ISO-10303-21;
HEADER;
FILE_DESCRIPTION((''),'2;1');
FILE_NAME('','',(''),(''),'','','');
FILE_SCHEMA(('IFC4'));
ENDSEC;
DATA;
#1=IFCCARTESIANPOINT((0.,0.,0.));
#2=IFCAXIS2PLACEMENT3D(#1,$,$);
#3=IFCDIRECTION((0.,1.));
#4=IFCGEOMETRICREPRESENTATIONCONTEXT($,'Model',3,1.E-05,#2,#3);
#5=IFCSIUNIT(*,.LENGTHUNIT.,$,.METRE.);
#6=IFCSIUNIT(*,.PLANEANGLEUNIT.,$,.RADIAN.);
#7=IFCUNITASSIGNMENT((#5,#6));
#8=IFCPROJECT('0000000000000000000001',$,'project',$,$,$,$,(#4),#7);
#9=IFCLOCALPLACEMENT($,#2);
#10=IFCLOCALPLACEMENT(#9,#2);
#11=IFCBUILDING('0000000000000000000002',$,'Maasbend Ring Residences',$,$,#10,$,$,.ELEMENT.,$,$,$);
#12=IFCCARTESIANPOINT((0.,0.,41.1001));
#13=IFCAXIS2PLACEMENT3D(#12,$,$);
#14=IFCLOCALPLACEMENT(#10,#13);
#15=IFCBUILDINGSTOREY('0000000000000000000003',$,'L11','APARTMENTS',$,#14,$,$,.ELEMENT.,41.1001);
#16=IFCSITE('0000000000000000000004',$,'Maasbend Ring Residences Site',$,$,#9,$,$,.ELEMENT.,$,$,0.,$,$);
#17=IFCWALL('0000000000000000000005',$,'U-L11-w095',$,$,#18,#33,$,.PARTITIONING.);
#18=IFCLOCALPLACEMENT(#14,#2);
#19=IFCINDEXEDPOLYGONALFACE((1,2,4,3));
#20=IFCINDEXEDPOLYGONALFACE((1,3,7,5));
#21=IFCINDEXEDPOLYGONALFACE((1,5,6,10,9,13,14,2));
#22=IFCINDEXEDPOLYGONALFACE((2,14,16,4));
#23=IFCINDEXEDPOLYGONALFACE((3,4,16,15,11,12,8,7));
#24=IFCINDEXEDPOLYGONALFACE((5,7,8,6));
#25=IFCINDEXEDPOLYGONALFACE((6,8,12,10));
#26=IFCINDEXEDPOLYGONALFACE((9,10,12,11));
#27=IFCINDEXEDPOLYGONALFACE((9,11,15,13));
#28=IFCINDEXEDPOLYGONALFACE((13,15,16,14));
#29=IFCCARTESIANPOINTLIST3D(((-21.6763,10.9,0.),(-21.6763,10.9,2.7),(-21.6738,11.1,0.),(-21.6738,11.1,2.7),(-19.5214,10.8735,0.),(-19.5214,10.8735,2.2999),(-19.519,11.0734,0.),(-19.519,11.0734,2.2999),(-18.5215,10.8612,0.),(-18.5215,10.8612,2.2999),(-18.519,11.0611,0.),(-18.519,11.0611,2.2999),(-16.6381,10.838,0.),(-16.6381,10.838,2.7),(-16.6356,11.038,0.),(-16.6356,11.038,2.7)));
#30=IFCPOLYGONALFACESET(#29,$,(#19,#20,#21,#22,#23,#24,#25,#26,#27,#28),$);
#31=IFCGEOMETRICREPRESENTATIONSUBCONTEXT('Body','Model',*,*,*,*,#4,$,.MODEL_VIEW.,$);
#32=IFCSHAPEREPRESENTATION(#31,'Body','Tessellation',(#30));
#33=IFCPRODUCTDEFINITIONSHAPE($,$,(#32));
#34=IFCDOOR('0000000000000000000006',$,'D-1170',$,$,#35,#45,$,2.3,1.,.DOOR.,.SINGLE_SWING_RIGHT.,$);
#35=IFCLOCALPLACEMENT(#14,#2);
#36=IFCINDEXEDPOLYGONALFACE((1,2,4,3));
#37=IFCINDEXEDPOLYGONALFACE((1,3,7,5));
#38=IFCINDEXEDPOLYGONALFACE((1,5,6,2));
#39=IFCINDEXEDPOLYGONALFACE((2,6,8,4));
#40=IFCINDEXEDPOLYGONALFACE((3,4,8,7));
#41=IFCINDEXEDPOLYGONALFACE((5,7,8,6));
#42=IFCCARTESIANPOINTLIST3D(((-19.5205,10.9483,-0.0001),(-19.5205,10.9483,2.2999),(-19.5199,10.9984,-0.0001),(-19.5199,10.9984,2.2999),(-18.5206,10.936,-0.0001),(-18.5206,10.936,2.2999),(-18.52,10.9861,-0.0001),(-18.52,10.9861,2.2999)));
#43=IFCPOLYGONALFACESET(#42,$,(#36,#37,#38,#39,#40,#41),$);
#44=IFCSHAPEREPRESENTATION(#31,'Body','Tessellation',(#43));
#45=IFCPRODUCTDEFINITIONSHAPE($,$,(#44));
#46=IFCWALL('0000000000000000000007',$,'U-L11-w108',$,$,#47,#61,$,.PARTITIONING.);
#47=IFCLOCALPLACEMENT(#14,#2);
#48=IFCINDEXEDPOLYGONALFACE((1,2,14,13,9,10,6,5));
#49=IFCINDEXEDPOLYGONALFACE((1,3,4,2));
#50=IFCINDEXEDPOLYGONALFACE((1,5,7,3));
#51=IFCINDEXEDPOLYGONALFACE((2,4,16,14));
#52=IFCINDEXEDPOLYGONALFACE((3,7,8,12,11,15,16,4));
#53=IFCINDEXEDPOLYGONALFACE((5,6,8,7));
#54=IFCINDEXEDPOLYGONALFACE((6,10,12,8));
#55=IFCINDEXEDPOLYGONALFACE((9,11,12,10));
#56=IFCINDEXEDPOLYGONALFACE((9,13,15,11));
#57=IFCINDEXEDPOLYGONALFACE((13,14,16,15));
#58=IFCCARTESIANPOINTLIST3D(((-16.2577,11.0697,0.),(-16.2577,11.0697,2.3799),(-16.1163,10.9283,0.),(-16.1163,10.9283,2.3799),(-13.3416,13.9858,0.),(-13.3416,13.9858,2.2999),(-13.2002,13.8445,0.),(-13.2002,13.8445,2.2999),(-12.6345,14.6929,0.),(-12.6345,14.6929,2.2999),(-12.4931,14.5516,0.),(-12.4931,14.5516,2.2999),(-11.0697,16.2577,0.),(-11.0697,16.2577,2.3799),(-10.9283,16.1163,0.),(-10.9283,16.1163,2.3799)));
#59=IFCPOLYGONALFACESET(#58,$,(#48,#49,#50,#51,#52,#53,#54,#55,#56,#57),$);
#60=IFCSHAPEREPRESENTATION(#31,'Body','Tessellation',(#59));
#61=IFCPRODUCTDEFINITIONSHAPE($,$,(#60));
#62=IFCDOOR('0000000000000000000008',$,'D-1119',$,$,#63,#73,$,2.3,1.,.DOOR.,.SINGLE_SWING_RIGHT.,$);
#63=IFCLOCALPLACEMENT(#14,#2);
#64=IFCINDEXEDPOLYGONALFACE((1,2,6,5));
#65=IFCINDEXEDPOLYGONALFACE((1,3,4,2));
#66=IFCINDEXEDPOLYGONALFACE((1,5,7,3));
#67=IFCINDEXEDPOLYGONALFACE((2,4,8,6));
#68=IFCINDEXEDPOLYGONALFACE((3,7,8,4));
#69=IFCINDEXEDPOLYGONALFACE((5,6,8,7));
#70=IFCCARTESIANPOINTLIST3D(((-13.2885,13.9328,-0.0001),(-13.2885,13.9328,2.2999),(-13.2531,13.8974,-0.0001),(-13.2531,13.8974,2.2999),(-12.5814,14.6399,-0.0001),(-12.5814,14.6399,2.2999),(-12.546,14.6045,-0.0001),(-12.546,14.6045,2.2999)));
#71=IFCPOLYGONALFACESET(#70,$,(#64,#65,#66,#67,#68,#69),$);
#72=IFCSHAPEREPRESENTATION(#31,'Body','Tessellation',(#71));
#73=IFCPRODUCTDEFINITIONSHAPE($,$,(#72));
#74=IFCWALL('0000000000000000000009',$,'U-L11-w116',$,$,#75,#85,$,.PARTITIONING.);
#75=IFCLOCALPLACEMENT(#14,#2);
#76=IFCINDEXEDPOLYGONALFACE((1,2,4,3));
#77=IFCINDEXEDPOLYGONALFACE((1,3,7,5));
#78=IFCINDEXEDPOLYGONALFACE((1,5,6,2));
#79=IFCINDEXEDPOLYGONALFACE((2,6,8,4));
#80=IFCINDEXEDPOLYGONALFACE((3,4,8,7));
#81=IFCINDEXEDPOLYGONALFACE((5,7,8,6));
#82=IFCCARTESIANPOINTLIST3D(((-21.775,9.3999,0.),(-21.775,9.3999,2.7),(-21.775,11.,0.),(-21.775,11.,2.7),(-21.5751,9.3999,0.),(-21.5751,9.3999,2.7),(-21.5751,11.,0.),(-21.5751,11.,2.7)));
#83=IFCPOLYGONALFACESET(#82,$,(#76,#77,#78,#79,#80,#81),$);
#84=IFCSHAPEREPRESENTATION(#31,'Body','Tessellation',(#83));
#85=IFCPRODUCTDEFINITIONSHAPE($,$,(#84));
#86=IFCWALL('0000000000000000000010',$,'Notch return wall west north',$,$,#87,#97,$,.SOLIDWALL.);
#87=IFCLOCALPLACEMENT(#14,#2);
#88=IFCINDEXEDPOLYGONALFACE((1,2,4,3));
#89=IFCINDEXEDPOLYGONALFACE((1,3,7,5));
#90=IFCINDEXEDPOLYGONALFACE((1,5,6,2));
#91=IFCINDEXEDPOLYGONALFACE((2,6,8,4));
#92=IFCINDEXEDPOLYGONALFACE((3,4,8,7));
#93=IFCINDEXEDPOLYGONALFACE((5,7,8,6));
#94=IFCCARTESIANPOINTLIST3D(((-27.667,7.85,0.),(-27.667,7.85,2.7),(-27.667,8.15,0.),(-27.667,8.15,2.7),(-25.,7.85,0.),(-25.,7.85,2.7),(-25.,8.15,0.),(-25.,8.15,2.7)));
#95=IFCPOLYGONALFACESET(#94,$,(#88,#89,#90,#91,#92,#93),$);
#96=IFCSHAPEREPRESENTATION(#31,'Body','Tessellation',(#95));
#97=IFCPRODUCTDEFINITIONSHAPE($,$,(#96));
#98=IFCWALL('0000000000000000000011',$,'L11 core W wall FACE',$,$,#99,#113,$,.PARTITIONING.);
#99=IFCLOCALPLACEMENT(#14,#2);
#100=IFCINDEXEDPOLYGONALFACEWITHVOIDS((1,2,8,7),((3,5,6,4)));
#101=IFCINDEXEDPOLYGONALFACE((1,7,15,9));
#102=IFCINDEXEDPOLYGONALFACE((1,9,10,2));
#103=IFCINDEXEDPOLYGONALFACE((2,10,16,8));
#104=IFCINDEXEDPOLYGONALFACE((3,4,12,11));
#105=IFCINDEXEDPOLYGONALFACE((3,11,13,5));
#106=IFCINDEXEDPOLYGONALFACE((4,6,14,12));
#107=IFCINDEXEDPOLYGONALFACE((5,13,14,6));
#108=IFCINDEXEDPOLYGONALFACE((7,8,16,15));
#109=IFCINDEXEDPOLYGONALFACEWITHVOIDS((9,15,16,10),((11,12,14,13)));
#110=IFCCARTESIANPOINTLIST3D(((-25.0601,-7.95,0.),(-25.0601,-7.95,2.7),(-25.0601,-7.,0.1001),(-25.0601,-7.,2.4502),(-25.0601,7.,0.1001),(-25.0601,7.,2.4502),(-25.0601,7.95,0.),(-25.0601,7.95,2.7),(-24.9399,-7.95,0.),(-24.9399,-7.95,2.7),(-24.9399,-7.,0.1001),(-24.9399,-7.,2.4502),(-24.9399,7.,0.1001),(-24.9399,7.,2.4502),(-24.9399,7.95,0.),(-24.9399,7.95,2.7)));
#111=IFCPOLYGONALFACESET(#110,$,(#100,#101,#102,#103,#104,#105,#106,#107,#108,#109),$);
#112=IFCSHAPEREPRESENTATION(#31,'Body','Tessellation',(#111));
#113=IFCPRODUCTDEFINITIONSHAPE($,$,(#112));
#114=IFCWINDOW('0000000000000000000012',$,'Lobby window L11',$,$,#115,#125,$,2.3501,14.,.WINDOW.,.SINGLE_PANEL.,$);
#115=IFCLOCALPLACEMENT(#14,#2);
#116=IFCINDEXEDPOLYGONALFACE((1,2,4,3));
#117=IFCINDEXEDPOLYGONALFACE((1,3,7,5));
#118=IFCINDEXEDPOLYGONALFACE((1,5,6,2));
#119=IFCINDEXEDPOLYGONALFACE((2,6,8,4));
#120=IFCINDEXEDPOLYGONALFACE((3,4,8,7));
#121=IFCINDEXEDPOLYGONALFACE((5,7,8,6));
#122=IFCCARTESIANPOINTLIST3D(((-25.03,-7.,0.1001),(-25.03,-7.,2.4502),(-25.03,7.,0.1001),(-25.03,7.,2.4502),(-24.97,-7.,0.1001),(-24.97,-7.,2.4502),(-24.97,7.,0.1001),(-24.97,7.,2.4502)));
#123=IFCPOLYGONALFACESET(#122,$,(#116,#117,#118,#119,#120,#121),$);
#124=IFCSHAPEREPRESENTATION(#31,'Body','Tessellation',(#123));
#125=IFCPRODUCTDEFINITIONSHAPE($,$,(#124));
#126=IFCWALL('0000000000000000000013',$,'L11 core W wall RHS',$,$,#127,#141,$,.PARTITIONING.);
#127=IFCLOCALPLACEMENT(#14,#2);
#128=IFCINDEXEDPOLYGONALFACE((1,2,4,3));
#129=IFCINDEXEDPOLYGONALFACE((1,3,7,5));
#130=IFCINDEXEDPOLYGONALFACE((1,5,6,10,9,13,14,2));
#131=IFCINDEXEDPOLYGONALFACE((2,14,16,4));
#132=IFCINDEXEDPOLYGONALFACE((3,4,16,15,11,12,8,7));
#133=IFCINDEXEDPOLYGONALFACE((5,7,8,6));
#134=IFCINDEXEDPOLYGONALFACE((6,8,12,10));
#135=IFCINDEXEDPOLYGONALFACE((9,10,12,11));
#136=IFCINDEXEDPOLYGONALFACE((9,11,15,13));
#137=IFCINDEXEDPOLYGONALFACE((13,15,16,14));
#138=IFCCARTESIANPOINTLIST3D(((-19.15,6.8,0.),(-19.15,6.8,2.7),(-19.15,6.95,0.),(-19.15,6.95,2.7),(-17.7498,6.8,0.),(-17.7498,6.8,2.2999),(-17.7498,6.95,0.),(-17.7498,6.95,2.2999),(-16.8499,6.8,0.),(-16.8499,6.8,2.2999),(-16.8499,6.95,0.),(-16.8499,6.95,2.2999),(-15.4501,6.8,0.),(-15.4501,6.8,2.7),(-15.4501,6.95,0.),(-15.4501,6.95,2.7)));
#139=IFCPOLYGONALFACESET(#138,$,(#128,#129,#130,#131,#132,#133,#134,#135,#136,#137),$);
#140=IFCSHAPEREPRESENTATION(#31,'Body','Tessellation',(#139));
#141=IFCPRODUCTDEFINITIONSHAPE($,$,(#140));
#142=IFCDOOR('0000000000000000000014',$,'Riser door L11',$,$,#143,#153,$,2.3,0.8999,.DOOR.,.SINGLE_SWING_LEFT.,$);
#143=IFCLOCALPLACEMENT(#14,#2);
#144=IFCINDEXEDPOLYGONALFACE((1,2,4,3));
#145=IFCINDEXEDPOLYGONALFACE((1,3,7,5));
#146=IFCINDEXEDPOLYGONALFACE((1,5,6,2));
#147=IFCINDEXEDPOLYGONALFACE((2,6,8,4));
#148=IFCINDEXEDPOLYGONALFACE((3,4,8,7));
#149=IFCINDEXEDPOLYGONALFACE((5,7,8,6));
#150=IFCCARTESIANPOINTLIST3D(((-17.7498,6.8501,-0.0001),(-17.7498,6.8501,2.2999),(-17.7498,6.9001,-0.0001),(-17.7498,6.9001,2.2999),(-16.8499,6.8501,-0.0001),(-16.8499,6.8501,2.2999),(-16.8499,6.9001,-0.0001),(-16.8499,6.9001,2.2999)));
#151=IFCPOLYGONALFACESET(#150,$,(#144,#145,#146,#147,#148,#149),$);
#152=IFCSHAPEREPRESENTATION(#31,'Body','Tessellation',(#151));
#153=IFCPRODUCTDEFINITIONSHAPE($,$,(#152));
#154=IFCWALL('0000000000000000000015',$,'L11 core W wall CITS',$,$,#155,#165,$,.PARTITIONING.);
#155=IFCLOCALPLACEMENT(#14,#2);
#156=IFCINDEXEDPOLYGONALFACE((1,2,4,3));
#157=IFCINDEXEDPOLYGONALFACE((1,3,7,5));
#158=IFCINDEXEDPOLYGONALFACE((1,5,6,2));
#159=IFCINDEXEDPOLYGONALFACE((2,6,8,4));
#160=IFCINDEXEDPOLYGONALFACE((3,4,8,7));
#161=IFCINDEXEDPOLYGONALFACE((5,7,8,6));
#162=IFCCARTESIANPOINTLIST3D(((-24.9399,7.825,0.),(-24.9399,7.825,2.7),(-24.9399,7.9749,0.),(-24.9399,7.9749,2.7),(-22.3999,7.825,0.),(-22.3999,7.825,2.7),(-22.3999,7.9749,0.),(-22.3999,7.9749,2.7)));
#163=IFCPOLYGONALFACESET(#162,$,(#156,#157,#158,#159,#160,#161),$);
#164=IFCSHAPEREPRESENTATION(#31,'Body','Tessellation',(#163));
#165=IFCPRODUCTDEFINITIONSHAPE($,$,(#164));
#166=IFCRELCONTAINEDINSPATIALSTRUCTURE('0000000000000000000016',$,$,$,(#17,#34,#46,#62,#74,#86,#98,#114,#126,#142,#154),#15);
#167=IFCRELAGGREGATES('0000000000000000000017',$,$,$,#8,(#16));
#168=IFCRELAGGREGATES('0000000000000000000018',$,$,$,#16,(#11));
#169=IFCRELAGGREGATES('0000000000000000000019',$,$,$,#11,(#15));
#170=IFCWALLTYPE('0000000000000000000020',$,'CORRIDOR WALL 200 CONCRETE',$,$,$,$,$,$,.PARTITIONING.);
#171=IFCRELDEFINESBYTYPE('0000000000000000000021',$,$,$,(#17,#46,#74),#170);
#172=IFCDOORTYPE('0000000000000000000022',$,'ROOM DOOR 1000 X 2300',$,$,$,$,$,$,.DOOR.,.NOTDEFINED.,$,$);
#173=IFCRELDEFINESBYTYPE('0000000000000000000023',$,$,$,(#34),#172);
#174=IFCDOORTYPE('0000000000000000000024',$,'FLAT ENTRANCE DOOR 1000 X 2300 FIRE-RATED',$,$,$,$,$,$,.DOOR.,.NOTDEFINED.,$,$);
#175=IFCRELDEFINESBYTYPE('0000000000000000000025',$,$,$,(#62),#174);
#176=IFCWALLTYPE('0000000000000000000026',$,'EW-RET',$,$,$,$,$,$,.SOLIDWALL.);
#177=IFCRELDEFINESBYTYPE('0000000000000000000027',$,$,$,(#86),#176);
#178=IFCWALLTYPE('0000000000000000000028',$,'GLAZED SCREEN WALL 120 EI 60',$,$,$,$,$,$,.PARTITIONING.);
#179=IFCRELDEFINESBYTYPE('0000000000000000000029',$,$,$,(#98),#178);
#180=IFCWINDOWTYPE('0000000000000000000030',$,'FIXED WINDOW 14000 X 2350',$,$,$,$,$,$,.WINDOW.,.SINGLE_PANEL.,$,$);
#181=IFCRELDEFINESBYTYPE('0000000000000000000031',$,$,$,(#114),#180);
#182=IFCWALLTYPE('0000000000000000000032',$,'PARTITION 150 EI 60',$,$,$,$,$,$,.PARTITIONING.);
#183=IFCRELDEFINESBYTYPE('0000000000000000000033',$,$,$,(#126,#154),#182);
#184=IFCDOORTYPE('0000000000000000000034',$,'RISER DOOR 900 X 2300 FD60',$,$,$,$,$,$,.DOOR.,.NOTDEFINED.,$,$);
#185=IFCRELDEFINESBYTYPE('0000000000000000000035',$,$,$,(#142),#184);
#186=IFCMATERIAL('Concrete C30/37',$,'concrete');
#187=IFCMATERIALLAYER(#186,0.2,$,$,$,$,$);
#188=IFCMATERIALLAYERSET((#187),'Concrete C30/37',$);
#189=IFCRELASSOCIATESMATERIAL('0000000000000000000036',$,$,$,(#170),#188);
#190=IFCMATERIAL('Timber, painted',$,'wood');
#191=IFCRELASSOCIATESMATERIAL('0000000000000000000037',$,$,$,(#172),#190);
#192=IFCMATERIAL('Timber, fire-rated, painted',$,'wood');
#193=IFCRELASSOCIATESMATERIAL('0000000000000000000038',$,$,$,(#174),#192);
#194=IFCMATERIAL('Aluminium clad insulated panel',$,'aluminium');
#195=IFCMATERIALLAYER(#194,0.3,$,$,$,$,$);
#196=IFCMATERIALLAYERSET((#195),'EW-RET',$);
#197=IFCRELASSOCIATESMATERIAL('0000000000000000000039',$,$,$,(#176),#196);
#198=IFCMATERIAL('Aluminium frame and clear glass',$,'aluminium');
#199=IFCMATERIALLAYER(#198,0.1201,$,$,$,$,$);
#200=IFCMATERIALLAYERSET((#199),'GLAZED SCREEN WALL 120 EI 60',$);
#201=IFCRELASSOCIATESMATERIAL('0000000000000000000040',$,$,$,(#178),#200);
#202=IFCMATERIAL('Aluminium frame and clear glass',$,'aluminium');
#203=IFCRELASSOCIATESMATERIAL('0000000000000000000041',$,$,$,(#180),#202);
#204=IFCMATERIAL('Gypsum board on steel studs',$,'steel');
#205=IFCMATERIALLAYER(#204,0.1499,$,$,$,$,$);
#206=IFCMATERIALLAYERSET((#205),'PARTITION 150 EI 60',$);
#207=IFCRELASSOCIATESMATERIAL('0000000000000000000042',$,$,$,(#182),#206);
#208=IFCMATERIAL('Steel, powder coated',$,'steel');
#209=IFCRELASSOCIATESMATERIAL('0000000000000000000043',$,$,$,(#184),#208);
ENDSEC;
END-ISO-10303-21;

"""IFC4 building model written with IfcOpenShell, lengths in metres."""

from ifc_helpers import new_model, si_unit, direction, frame, frame_2d, origin, place, context, subcontext, project, spatial, rectangle, extrude, material, layer, layer_set, type_object, element, fill, save


model = new_model("IFC4")

# Units and contexts
model_context = context("Model", 3, precision=1e-05, world=origin(), true_north=direction((0.0, 1.0)))
body_context = subcontext(model_context, "Body", "Model", "MODEL_VIEW")
ifc_project = project(units=[si_unit("LENGTHUNIT", "METRE"), si_unit("PLANEANGLEUNIT", "RADIAN")], contexts=[model_context])

# Site, building, storey
site_placement = place(None, origin())
site = spatial("IfcSite", under=ifc_project, at=site_placement, Name="Maasbend Ring Residences Site", CompositionType="ELEMENT", RefElevation=0.0)
building_placement = place(site_placement, origin())
building = spatial("IfcBuilding", under=site, at=building_placement, Name="Maasbend Ring Residences", CompositionType="ELEMENT")
storey_placement = place(building_placement, frame((0.0, 0.0, 41.1001)))
storey = spatial("IfcBuildingStorey", under=building, at=storey_placement, Name="L11", Description="APARTMENTS", CompositionType="ELEMENT", Elevation=41.1001)

# Walls, openings, doors
ifc_material_1 = material(Name="Concrete C30/37", Category="concrete")
ifc_layer_1 = layer(ifc_material_1, 0.2)
ifc_layer_set_1 = layer_set([ifc_layer_1], Name="Concrete C30/37")
wall_type_1 = type_object("IfcWallType", Name="CORRIDOR WALL 200 CONCRETE", PredefinedType="PARTITIONING", material=ifc_layer_set_1)
wall_1_placement = place(storey_placement, frame((-21.675, 11.0, 0.0), z_axis=(0.0, 0.0, 1.0), x_axis=(0.999924, -0.012308, 0.0)))
wall_1 = element("IfcWall", 1, at=wall_1_placement, inside=storey, type_object=wall_type_1, Name="U-L11-w095", PredefinedType="PARTITIONING", context=body_context, shape_type="SweptSolid", body=[
    extrude(rectangle(XDim=5.0386, YDim=0.2, at=frame_2d((2.5193, 0.0))), origin(), (0.0, 0.0, 1.0), 2.7),
])
opening_1_placement = place(wall_1_placement, frame((2.155, 0.0, 0.0)))
opening_1 = element("IfcOpeningElement", 2, at=opening_1_placement, cuts=wall_1, PredefinedType="OPENING", context=body_context, shape_type="SweptSolid", body=[
    extrude(rectangle(XDim=1.0, YDim=2.3, at=frame_2d((0.5, 1.1499))), frame((0.0, 0.1099, 0.0), z_axis=(0.0, -1.0, 0.0), x_axis=(1.0, 0.0, 0.0)), (0.0, 0.0, 1.0), 0.22),
])
ifc_material_2 = material(Name="Timber, painted", Category="wood")
door_type_1 = type_object("IfcDoorType", Name="ROOM DOOR 1000 X 2300", OperationType="NOTDEFINED", PredefinedType="DOOR", material=ifc_material_2)
door_1_placement = place(opening_1_placement, origin())
door_1 = element("IfcDoor", 3, at=door_1_placement, inside=storey, type_object=door_type_1, Name="D-1170", OperationType="SINGLE_SWING_RIGHT", OverallHeight=2.3, OverallWidth=1.0, PredefinedType="DOOR", context=body_context, shape_type="SweptSolid", body=[
    extrude(rectangle(XDim=1.0, YDim=2.3, at=frame_2d((0.5, 1.1499))), frame((0.0, 0.0249, 0.0), z_axis=(0.0, -1.0, 0.0), x_axis=(1.0, 0.0, 0.0)), (0.0, 0.0, 1.0), 0.05),
])
fill(opening_1, door_1)
wall_2_placement = place(storey_placement, frame((-16.187, 10.999, 0.0), z_axis=(0.0, 0.0, 1.0), x_axis=(0.707107, 0.707107, 0.0)))
wall_2 = element("IfcWall", 4, at=wall_2_placement, inside=storey, type_object=wall_type_1, Name="U-L11-w108", PredefinedType="PARTITIONING", context=body_context, shape_type="SweptSolid", body=[
    extrude(rectangle(XDim=7.3369, YDim=0.2, at=frame_2d((3.6685, 0.0))), origin(), (0.0, 0.0, 1.0), 2.3799),
])
opening_2_placement = place(wall_2_placement, frame((4.124, 0.0, 0.0)))
opening_2 = element("IfcOpeningElement", 5, at=opening_2_placement, cuts=wall_2, PredefinedType="OPENING", context=body_context, shape_type="SweptSolid", body=[
    extrude(rectangle(XDim=1.0, YDim=2.3, at=frame_2d((0.5, 1.1499))), frame((0.0, 0.1099, 0.0), z_axis=(0.0, -1.0, 0.0), x_axis=(1.0, 0.0, 0.0)), (0.0, 0.0, 1.0), 0.22),
])
ifc_material_3 = material(Name="Timber, fire-rated, painted", Category="wood")
door_type_2 = type_object("IfcDoorType", Name="FLAT ENTRANCE DOOR 1000 X 2300 FIRE-RATED", OperationType="NOTDEFINED", PredefinedType="DOOR", material=ifc_material_3)
door_2_placement = place(opening_2_placement, origin())
door_2 = element("IfcDoor", 6, at=door_2_placement, inside=storey, type_object=door_type_2, Name="D-1119", OperationType="SINGLE_SWING_RIGHT", OverallHeight=2.3, OverallWidth=1.0, PredefinedType="DOOR", context=body_context, shape_type="SweptSolid", body=[
    extrude(rectangle(XDim=1.0, YDim=2.3, at=frame_2d((0.5, 1.1499))), frame((0.0, 0.0249, 0.0), z_axis=(0.0, -1.0, 0.0), x_axis=(1.0, 0.0, 0.0)), (0.0, 0.0, 1.0), 0.05),
])
fill(opening_2, door_2)

# Walls
wall_3_placement = place(storey_placement, frame((-21.675, 9.3999, 0.0), z_axis=(0.0, 0.0, 1.0), x_axis=(0.0, 1.0, 0.0)))
element("IfcWall", 7, at=wall_3_placement, inside=storey, type_object=wall_type_1, Name="U-L11-w116", PredefinedType="PARTITIONING", context=body_context, shape_type="SweptSolid", body=[
    extrude(rectangle(XDim=1.6001, YDim=0.2, at=frame_2d((0.8, 0.0))), origin(), (0.0, 0.0, 1.0), 2.7),
])
ifc_material_4 = material(Name="Aluminium clad insulated panel", Category="aluminium")
ifc_layer_2 = layer(ifc_material_4, 0.3)
ifc_layer_set_2 = layer_set([ifc_layer_2], Name="EW-RET")
wall_type_2 = type_object("IfcWallType", Name="EW-RET", PredefinedType="SOLIDWALL", material=ifc_layer_set_2)
wall_4_placement = place(storey_placement, frame((-25.0, 8.0, 0.0), z_axis=(0.0, 0.0, 1.0), x_axis=(-1.0, 0.0, 0.0)))
element("IfcWall", 8, at=wall_4_placement, inside=storey, type_object=wall_type_2, Name="Notch return wall west north", PredefinedType="SOLIDWALL", context=body_context, shape_type="SweptSolid", body=[
    extrude(rectangle(XDim=2.667, YDim=0.3, at=frame_2d((1.3335, 0.0))), origin(), (0.0, 0.0, 1.0), 2.7),
])

# Wall, opening, window
ifc_material_5 = material(Name="Aluminium frame and clear glass", Category="aluminium")
ifc_layer_3 = layer(ifc_material_5, 0.1201)
ifc_layer_set_3 = layer_set([ifc_layer_3], Name="GLAZED SCREEN WALL 120 EI 60")
wall_type_3 = type_object("IfcWallType", Name="GLAZED SCREEN WALL 120 EI 60", PredefinedType="PARTITIONING", material=ifc_layer_set_3)
wall_5_placement = place(storey_placement, frame((-25.0, 7.95, 0.0), z_axis=(0.0, 0.0, 1.0), x_axis=(0.0, -1.0, 0.0)))
wall_5 = element("IfcWall", 9, at=wall_5_placement, inside=storey, type_object=wall_type_3, Name="L11 core W wall FACE", PredefinedType="PARTITIONING", context=body_context, shape_type="SweptSolid", body=[
    extrude(rectangle(XDim=15.8999, YDim=0.1201, at=frame_2d((7.95, 0.0))), origin(), (0.0, 0.0, 1.0), 2.7),
])
opening_3_placement = place(wall_5_placement, frame((0.95, 0.0, 0.1001)))
opening_3 = element("IfcOpeningElement", 10, at=opening_3_placement, cuts=wall_5, PredefinedType="OPENING", context=body_context, shape_type="SweptSolid", body=[
    extrude(rectangle(XDim=14.0, YDim=2.3501, at=frame_2d((7.0, 1.175))), frame((0.0, 0.0701, 0.0), z_axis=(0.0, -1.0, 0.0), x_axis=(1.0, 0.0, 0.0)), (0.0, 0.0, 1.0), 0.1401),
])
ifc_material_6 = material(Name="Aluminium frame and clear glass", Category="aluminium")
window_type = type_object("IfcWindowType", Name="FIXED WINDOW 14000 X 2350", PartitioningType="SINGLE_PANEL", PredefinedType="WINDOW", material=ifc_material_6)
window_placement = place(opening_3_placement, origin())
window = element("IfcWindow", 11, at=window_placement, inside=storey, type_object=window_type, Name="Lobby window L11", OverallHeight=2.3501, OverallWidth=14.0, PartitioningType="SINGLE_PANEL", PredefinedType="WINDOW", context=body_context, shape_type="SweptSolid", body=[
    extrude(rectangle(XDim=14.0, YDim=2.3501, at=frame_2d((7.0, 1.175))), frame((0.0, 0.03, 0.0), z_axis=(0.0, -1.0, 0.0), x_axis=(1.0, 0.0, 0.0)), (0.0, 0.0, 1.0), 0.0601),
])
fill(opening_3, window)

# Wall, opening, door
ifc_material_7 = material(Name="Gypsum board on steel studs", Category="steel")
ifc_layer_4 = layer(ifc_material_7, 0.1499)
ifc_layer_set_4 = layer_set([ifc_layer_4], Name="PARTITION 150 EI 60")
wall_type_4 = type_object("IfcWallType", Name="PARTITION 150 EI 60", PredefinedType="PARTITIONING", material=ifc_layer_set_4)
wall_6_placement = place(storey_placement, frame((-15.45, 6.875, 0.0), z_axis=(0.0, 0.0, 1.0), x_axis=(-1.0, 0.0, 0.0)))
wall_6 = element("IfcWall", 12, at=wall_6_placement, inside=storey, type_object=wall_type_4, Name="L11 core W wall RHS", PredefinedType="PARTITIONING", context=body_context, shape_type="SweptSolid", body=[
    extrude(rectangle(XDim=3.7, YDim=0.1499, at=frame_2d((1.8501, 0.0))), origin(), (0.0, 0.0, 1.0), 2.7),
])
opening_4_placement = place(wall_6_placement, frame((1.3999, 0.0, 0.0)))
opening_4 = element("IfcOpeningElement", 13, at=opening_4_placement, cuts=wall_6, PredefinedType="OPENING", context=body_context, shape_type="SweptSolid", body=[
    extrude(rectangle(XDim=0.8999, YDim=2.3, at=frame_2d((0.45, 1.1499))), frame((0.0, 0.085, 0.0), z_axis=(0.0, -1.0, 0.0), x_axis=(1.0, 0.0, 0.0)), (0.0, 0.0, 1.0), 0.1699),
])
ifc_material_8 = material(Name="Steel, powder coated", Category="steel")
door_type_3 = type_object("IfcDoorType", Name="RISER DOOR 900 X 2300 FD60", OperationType="NOTDEFINED", PredefinedType="DOOR", material=ifc_material_8)
door_3_placement = place(opening_4_placement, origin())
door_3 = element("IfcDoor", 14, at=door_3_placement, inside=storey, type_object=door_type_3, Name="Riser door L11", OperationType="SINGLE_SWING_LEFT", OverallHeight=2.3, OverallWidth=0.8999, PredefinedType="DOOR", context=body_context, shape_type="SweptSolid", body=[
    extrude(rectangle(XDim=0.8999, YDim=2.3, at=frame_2d((0.45, 1.1499))), frame((0.0, 0.0249, 0.0), z_axis=(0.0, -1.0, 0.0), x_axis=(1.0, 0.0, 0.0)), (0.0, 0.0, 1.0), 0.05),
])
fill(opening_4, door_3)

# Wall
wall_7_placement = place(storey_placement, frame((-22.3999, 7.8999, 0.0), z_axis=(0.0, 0.0, 1.0), x_axis=(-1.0, 0.0, 0.0)))
element("IfcWall", 15, at=wall_7_placement, inside=storey, type_object=wall_type_4, Name="L11 core W wall CITS", PredefinedType="PARTITIONING", context=body_context, shape_type="SweptSolid", body=[
    extrude(rectangle(XDim=2.54, YDim=0.1499, at=frame_2d((1.27, 0.0))), origin(), (0.0, 0.0, 1.0), 2.7),
])

save(model, "model.ifc")
